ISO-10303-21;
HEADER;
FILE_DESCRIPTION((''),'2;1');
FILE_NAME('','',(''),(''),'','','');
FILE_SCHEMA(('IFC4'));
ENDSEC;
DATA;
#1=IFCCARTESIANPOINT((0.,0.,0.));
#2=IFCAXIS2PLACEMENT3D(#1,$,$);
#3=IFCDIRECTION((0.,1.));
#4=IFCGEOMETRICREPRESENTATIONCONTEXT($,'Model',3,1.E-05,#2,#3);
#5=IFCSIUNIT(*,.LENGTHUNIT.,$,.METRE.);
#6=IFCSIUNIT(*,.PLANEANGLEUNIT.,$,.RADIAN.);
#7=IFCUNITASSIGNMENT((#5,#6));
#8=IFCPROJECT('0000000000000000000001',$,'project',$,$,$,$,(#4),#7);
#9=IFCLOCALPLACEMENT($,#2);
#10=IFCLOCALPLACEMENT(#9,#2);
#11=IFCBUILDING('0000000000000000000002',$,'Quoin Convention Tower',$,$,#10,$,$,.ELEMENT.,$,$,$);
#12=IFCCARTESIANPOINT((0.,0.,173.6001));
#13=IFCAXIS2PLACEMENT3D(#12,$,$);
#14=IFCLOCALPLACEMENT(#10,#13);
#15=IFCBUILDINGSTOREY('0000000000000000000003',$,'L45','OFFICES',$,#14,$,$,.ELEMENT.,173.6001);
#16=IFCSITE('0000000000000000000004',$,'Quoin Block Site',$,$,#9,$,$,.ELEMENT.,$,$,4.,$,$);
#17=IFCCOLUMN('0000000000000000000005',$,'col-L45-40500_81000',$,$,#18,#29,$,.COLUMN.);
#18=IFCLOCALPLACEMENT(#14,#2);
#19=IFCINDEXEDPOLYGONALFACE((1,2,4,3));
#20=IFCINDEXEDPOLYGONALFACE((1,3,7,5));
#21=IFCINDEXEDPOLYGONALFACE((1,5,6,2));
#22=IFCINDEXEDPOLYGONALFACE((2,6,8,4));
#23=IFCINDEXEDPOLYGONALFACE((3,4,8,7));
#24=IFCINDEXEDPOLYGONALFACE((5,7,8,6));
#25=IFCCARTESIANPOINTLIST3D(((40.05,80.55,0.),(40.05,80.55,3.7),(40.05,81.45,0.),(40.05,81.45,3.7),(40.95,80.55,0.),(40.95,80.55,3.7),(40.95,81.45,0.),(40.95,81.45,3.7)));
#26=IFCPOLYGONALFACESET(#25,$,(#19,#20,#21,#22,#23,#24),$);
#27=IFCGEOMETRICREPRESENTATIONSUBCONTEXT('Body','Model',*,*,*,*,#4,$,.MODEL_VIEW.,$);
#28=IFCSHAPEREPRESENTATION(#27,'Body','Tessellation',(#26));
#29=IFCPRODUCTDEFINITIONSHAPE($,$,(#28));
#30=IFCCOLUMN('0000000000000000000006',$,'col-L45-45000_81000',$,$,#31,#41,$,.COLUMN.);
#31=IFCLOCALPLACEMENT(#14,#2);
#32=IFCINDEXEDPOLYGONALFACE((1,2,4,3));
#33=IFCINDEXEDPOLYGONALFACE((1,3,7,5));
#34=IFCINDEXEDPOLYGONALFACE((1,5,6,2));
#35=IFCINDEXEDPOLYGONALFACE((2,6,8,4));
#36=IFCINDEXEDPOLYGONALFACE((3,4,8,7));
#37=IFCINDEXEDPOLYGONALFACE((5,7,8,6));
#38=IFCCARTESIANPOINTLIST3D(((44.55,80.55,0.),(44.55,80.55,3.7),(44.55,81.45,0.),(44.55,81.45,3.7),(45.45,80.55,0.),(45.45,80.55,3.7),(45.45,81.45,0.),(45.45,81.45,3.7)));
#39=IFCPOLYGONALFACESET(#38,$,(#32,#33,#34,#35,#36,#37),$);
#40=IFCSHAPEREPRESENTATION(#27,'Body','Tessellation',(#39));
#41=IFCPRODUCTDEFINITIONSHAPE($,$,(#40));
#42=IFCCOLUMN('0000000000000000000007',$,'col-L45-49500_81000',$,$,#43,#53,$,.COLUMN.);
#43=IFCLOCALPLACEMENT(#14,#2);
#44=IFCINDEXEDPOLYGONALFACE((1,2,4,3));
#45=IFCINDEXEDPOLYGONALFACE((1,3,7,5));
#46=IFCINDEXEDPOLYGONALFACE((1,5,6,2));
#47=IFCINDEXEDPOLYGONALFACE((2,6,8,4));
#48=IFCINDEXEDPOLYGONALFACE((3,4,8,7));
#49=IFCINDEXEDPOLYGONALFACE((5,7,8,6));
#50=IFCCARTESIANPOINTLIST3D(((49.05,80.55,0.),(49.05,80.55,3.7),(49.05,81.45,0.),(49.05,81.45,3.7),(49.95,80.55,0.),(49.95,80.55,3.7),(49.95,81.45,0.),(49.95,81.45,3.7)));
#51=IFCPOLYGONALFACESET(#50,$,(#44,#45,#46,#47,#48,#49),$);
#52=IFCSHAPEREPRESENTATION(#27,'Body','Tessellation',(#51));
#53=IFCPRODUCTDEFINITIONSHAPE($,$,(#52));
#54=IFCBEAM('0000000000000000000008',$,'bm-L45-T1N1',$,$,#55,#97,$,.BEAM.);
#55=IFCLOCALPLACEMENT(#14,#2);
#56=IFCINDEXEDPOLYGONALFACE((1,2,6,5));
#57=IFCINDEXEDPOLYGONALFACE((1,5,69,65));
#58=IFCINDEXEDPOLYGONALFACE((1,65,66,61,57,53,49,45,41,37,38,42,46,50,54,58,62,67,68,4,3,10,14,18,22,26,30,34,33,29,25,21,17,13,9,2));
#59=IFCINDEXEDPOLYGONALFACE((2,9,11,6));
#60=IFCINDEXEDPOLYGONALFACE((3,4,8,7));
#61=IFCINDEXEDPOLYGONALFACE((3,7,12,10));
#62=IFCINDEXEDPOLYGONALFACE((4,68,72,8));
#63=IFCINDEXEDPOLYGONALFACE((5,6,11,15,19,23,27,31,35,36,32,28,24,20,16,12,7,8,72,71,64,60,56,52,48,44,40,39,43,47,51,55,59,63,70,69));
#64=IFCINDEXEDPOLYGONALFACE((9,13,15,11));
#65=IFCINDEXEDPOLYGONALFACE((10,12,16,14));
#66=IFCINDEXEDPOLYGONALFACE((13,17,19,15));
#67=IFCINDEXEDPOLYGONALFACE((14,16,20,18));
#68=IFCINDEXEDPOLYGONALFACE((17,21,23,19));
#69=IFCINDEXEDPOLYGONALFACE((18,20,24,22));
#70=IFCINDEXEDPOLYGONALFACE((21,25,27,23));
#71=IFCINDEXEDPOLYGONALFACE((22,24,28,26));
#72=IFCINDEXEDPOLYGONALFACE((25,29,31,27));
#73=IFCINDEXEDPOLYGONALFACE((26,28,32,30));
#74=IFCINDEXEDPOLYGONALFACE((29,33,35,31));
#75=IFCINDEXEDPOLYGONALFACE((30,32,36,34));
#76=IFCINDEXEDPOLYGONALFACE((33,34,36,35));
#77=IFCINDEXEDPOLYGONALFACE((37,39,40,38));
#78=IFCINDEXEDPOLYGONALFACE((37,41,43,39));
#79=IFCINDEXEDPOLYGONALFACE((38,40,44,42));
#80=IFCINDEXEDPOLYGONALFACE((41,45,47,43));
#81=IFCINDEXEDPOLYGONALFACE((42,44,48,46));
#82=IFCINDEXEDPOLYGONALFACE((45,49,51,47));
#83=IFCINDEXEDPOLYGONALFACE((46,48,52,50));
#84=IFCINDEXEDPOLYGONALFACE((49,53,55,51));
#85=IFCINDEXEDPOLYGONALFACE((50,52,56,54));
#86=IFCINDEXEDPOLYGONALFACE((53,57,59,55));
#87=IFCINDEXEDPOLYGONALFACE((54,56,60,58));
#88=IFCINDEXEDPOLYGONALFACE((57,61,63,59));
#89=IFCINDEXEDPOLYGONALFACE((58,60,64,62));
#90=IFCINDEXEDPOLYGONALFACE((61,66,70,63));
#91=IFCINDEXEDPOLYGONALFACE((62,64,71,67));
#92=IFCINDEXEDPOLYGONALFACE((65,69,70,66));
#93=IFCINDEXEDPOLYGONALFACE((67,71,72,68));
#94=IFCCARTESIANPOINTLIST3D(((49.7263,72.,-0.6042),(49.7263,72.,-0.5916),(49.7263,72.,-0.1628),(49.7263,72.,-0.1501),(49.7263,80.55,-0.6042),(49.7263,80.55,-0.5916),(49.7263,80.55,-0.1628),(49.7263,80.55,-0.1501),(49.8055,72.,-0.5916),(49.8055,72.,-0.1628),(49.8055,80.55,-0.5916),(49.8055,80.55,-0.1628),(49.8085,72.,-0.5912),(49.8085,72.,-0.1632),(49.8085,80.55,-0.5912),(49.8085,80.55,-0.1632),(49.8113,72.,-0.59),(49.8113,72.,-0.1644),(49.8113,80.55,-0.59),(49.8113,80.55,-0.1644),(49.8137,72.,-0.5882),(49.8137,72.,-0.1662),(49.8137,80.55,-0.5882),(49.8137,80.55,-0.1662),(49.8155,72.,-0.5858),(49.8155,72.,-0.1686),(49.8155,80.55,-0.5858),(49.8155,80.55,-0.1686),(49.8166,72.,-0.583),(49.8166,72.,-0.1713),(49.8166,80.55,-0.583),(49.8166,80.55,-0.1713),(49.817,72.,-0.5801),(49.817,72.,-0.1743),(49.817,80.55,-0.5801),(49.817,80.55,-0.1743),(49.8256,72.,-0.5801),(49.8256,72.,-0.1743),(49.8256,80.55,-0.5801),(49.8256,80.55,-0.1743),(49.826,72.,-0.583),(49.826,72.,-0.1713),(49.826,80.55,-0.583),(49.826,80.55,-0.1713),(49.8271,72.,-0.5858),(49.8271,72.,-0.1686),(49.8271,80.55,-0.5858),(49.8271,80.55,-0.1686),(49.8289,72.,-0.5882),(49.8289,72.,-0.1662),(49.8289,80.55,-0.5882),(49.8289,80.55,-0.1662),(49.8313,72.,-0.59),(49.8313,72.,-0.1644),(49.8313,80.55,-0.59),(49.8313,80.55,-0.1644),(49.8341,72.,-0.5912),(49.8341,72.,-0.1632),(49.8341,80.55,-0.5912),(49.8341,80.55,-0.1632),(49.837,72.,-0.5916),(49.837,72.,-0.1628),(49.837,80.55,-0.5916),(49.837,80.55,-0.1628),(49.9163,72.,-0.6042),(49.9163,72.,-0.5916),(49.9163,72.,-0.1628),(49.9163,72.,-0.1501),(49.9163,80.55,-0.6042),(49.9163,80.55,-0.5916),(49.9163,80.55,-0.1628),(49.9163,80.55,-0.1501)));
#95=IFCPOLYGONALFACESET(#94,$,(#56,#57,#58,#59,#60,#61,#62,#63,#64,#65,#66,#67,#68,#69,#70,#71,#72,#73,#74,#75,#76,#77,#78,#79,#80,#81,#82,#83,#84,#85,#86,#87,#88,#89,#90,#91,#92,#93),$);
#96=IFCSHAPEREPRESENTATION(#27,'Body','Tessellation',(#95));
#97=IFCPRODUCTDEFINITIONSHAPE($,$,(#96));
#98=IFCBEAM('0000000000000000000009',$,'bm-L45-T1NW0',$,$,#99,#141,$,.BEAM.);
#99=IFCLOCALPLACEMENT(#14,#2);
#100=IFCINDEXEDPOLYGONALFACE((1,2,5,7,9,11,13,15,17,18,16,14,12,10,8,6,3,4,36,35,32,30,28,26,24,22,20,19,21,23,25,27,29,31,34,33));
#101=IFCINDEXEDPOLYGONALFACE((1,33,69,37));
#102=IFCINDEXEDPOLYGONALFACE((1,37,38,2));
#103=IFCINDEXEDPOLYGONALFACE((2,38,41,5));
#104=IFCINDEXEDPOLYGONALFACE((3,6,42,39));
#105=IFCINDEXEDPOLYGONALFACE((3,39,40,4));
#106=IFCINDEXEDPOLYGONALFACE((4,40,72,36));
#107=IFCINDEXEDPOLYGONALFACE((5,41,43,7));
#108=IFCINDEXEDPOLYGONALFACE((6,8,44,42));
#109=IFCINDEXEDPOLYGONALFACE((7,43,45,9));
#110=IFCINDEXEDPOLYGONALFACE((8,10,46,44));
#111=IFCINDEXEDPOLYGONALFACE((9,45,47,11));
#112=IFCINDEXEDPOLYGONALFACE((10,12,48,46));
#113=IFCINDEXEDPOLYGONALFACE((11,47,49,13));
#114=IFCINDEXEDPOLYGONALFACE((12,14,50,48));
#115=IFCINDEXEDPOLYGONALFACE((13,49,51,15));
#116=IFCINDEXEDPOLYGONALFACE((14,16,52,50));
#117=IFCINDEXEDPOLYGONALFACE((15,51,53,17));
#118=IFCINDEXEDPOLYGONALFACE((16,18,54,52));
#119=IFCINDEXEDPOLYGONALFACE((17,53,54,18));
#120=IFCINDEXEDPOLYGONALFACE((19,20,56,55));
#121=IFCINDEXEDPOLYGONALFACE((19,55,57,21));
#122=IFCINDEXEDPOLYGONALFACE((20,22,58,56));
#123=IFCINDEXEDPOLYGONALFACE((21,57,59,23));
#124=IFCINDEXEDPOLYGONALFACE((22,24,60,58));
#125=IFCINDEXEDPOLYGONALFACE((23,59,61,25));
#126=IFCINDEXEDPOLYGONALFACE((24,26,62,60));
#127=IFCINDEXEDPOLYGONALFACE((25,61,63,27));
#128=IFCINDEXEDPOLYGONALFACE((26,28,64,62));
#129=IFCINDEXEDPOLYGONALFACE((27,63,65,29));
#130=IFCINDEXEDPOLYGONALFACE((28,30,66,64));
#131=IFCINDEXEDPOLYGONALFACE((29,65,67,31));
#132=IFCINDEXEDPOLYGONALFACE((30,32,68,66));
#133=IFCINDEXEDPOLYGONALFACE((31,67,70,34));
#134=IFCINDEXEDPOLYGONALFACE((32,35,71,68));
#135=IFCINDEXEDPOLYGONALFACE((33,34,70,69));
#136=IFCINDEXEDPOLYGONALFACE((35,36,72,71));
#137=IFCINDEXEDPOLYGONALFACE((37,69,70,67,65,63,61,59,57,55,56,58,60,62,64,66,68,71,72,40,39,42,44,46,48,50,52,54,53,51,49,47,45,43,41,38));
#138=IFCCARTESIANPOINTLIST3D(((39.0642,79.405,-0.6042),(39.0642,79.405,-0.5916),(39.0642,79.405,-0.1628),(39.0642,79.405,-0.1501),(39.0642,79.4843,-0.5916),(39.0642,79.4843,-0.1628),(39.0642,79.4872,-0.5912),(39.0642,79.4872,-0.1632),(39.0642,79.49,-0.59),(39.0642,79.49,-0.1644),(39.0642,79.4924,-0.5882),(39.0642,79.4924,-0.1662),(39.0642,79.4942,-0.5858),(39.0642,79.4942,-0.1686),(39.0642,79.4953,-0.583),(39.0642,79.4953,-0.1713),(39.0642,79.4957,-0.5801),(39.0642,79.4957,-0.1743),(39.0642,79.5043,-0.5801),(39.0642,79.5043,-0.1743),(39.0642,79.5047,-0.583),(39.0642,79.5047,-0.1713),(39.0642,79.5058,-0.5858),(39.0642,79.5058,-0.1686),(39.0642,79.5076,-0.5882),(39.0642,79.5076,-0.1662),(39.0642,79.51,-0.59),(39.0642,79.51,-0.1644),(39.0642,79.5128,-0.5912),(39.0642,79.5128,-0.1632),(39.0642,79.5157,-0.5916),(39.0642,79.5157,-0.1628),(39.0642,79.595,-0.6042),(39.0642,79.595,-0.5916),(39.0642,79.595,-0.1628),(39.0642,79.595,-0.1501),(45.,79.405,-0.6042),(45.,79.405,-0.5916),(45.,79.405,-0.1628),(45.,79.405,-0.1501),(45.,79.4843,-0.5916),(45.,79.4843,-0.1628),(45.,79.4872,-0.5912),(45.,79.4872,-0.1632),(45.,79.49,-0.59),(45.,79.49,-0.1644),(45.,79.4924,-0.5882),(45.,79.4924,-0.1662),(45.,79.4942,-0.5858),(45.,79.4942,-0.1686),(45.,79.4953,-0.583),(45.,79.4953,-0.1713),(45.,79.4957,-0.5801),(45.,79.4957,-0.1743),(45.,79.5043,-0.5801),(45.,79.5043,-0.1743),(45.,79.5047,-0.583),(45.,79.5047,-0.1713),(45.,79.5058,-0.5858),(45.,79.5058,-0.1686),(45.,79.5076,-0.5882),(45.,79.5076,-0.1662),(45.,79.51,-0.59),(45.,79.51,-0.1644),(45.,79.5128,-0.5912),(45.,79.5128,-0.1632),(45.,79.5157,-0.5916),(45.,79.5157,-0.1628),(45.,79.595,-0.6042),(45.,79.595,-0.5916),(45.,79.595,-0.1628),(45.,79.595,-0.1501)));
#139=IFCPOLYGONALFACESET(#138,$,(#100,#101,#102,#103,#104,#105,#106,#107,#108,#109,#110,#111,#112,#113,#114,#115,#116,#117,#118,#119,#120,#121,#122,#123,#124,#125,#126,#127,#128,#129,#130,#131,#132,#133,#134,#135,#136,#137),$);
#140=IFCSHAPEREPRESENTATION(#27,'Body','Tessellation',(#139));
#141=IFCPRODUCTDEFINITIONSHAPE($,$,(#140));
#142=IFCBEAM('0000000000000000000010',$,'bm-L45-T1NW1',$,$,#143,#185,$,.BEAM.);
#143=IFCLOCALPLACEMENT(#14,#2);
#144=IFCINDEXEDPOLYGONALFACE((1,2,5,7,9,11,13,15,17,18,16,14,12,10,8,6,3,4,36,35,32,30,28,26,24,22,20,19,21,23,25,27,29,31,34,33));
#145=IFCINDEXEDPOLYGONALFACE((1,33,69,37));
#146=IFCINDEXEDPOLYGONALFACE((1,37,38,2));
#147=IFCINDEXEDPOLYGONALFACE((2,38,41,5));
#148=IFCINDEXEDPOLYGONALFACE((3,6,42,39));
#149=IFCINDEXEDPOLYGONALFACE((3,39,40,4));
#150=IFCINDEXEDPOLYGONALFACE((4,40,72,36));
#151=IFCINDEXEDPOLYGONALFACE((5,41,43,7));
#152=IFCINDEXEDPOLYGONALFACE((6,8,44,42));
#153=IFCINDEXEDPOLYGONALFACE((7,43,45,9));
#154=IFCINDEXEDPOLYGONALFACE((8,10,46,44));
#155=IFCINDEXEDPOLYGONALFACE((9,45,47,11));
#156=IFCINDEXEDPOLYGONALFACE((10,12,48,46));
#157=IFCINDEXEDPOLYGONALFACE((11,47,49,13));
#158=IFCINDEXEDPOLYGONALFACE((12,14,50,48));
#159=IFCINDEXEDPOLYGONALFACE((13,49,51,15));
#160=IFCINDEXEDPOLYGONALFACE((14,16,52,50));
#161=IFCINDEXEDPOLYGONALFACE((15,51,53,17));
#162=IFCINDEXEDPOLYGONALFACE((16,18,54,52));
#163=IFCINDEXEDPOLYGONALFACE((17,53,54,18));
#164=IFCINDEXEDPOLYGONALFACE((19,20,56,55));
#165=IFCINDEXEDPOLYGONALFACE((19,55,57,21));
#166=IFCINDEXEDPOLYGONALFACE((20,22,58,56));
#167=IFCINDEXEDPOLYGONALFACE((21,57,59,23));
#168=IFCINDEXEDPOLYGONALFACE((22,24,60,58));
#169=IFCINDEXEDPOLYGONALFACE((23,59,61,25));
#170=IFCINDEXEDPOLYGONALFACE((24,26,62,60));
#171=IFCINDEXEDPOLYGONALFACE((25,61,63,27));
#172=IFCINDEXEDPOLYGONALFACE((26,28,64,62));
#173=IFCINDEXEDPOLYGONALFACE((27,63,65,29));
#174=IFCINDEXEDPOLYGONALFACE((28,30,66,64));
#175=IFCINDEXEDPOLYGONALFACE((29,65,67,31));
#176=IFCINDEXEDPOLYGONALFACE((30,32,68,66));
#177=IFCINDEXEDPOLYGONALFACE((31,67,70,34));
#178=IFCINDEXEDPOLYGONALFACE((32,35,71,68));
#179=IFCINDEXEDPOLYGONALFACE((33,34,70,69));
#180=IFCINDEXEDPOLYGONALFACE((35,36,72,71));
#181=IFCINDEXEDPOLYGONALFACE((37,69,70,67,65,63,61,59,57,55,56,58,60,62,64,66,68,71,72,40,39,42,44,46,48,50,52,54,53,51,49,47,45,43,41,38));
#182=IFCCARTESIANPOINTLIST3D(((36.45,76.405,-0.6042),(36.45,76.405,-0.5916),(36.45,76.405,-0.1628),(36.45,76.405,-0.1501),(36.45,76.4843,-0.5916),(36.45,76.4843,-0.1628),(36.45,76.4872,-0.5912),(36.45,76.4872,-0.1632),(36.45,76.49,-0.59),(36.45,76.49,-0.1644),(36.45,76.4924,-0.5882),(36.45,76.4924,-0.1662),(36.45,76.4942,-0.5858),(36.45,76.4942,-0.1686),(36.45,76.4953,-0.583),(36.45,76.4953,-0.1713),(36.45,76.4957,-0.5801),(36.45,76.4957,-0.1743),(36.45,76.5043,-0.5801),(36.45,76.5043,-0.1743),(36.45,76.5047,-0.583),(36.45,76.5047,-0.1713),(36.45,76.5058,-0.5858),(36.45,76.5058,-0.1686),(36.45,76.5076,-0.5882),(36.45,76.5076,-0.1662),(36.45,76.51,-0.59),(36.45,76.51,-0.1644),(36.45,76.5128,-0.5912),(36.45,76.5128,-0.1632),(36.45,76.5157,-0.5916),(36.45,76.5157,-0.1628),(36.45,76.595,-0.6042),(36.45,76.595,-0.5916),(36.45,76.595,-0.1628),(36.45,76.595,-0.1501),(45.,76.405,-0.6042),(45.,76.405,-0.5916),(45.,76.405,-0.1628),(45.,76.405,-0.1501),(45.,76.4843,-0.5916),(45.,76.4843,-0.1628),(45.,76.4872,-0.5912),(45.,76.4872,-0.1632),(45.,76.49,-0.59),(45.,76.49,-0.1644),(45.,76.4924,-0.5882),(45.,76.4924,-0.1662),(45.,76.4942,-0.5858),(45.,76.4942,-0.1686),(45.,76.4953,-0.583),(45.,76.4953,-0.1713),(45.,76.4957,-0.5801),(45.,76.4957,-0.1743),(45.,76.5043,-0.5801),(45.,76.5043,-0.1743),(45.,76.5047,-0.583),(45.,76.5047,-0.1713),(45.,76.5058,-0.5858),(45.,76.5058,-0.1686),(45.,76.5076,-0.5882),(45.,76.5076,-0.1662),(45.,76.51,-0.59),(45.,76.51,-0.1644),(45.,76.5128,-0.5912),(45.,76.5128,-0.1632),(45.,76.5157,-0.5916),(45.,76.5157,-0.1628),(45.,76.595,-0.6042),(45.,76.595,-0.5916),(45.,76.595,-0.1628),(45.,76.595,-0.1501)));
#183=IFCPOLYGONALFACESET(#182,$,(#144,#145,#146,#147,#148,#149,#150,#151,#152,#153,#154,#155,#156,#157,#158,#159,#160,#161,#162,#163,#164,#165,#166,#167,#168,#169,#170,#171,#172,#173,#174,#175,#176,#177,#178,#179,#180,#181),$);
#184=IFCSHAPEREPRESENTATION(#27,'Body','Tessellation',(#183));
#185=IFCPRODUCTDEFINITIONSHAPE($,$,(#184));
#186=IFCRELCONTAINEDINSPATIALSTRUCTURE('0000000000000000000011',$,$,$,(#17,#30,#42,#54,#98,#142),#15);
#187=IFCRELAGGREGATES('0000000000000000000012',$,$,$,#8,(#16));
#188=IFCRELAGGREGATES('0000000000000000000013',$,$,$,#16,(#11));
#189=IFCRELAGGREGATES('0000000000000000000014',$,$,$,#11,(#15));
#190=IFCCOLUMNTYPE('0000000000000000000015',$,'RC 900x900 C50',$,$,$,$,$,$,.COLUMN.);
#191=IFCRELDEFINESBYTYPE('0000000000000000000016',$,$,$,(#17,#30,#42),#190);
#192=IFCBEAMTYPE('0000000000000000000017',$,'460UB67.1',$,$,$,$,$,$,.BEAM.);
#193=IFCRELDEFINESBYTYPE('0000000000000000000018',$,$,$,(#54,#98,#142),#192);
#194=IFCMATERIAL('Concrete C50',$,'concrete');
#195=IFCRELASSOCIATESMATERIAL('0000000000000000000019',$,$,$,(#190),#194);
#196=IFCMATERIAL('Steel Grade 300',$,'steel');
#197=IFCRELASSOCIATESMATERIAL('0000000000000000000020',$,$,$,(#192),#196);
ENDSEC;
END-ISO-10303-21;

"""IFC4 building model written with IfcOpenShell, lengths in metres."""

from ifc_helpers import new_model, si_unit, direction, frame, origin, origin_2d, place, context, subcontext, project, spatial, rectangle, i_section, extrude, material, material_profile, profile_set, type_object, element, save


model = new_model("IFC4")

# Units and contexts
model_context = context("Model", 3, precision=1e-05, world=origin(), true_north=direction((0.0, 1.0)))
body_context = subcontext(model_context, "Body", "Model", "MODEL_VIEW")
ifc_project = project(units=[si_unit("LENGTHUNIT", "METRE"), si_unit("PLANEANGLEUNIT", "RADIAN")], contexts=[model_context])

# Site, building, storey
site_placement = place(None, origin())
site = spatial("IfcSite", under=ifc_project, at=site_placement, Name="Quoin Block Site", CompositionType="ELEMENT", RefElevation=4.0)
building_placement = place(site_placement, origin())
building = spatial("IfcBuilding", under=site, at=building_placement, Name="Quoin Convention Tower", CompositionType="ELEMENT")
storey_placement = place(building_placement, frame((0.0, 0.0, 173.6001)))
storey = spatial("IfcBuildingStorey", under=building, at=storey_placement, Name="L45", Description="OFFICES", CompositionType="ELEMENT", Elevation=173.6001)

# Columns
ifc_material_1 = material(Name="Concrete C50", Category="concrete")
ifc_material_profile_1 = material_profile(ifc_material_1, rectangle(XDim=0.8999, YDim=0.8999, at=origin_2d()), Name="RC 900x900")
ifc_profile_set_1 = profile_set([ifc_material_profile_1], Name="Concrete C50")
column_type = type_object("IfcColumnType", Name="RC 900x900 C50", PredefinedType="COLUMN", material=ifc_profile_set_1)
for number, where, z_axis, x_axis, name in (
    (1, (40.5, 81.0, 0.0), (0.0, 0.0, 1.0), (1.0, 0.0, 0.0), "col-L45-40500_81000"),
    (2, (45.0, 81.0, 0.0), (0.0, 0.0, 1.0), (1.0, 0.0, 0.0), "col-L45-45000_81000"),
    (3, (49.5, 81.0, 0.0), (0.0, 0.0, 1.0), (1.0, 0.0, 0.0), "col-L45-49500_81000"),
):
    element("IfcColumn", number, at=place(storey_placement, frame(where, z_axis=z_axis, x_axis=x_axis)), inside=storey, type_object=column_type, Name=name, PredefinedType="COLUMN", context=body_context, shape_type="SweptSolid", body=[
        extrude(rectangle(XDim=0.8999, YDim=0.8999, at=origin_2d()), origin(), (0.0, 0.0, 1.0), 3.7),
    ])

# Beams
ifc_material_2 = material(Name="Steel Grade 300", Category="steel")
ifc_material_profile_2 = material_profile(ifc_material_2, i_section(OverallWidth=0.1899, OverallDepth=0.4541, WebThickness=0.0085, FlangeThickness=0.0127, FilletRadius=0.0115, at=origin_2d()), Name="460UB67.1")
ifc_profile_set_2 = profile_set([ifc_material_profile_2], Name="Steel Grade 300")
beam_type_1 = type_object("IfcBeamType", Name="460UB67.1", PredefinedType="BEAM", material=ifc_profile_set_2)
beam_1_placement = place(storey_placement, frame((49.8213, 72.0, -0.3772), z_axis=(0.0, 1.0, 0.0), x_axis=(-1.0, 0.0, 0.0)))
element("IfcBeam", 4, at=beam_1_placement, inside=storey, type_object=beam_type_1, Name="bm-L45-T1N1", PredefinedType="BEAM", context=body_context, shape_type="SweptSolid", body=[
    extrude(i_section(OverallWidth=0.1899, OverallDepth=0.4541, WebThickness=0.0085, FlangeThickness=0.0127, FilletRadius=0.0115, at=origin_2d()), origin(), (0.0, 0.0, 1.0), 8.55),
])
beam_2_placement = place(storey_placement, frame((39.0642, 79.5, -0.3772), z_axis=(1.0, 0.0, 0.0), x_axis=(0.0, 1.0, 0.0)))
element("IfcBeam", 5, at=beam_2_placement, inside=storey, type_object=beam_type_1, Name="bm-L45-T1NW0", PredefinedType="BEAM", context=body_context, shape_type="SweptSolid", body=[
    extrude(i_section(OverallWidth=0.1899, OverallDepth=0.4541, WebThickness=0.0085, FlangeThickness=0.0127, FilletRadius=0.0115, at=origin_2d()), origin(), (0.0, 0.0, 1.0), 5.9358),
])
beam_3_placement = place(storey_placement, frame((36.45, 76.5, -0.3772), z_axis=(1.0, 0.0, 0.0), x_axis=(0.0, 1.0, 0.0)))
element("IfcBeam", 6, at=beam_3_placement, inside=storey, type_object=beam_type_1, Name="bm-L45-T1NW1", PredefinedType="BEAM", context=body_context, shape_type="SweptSolid", body=[
    extrude(i_section(OverallWidth=0.1899, OverallDepth=0.4541, WebThickness=0.0085, FlangeThickness=0.0127, FilletRadius=0.0115, at=origin_2d()), origin(), (0.0, 0.0, 1.0), 8.55),
])

save(model, "model.ifc")
